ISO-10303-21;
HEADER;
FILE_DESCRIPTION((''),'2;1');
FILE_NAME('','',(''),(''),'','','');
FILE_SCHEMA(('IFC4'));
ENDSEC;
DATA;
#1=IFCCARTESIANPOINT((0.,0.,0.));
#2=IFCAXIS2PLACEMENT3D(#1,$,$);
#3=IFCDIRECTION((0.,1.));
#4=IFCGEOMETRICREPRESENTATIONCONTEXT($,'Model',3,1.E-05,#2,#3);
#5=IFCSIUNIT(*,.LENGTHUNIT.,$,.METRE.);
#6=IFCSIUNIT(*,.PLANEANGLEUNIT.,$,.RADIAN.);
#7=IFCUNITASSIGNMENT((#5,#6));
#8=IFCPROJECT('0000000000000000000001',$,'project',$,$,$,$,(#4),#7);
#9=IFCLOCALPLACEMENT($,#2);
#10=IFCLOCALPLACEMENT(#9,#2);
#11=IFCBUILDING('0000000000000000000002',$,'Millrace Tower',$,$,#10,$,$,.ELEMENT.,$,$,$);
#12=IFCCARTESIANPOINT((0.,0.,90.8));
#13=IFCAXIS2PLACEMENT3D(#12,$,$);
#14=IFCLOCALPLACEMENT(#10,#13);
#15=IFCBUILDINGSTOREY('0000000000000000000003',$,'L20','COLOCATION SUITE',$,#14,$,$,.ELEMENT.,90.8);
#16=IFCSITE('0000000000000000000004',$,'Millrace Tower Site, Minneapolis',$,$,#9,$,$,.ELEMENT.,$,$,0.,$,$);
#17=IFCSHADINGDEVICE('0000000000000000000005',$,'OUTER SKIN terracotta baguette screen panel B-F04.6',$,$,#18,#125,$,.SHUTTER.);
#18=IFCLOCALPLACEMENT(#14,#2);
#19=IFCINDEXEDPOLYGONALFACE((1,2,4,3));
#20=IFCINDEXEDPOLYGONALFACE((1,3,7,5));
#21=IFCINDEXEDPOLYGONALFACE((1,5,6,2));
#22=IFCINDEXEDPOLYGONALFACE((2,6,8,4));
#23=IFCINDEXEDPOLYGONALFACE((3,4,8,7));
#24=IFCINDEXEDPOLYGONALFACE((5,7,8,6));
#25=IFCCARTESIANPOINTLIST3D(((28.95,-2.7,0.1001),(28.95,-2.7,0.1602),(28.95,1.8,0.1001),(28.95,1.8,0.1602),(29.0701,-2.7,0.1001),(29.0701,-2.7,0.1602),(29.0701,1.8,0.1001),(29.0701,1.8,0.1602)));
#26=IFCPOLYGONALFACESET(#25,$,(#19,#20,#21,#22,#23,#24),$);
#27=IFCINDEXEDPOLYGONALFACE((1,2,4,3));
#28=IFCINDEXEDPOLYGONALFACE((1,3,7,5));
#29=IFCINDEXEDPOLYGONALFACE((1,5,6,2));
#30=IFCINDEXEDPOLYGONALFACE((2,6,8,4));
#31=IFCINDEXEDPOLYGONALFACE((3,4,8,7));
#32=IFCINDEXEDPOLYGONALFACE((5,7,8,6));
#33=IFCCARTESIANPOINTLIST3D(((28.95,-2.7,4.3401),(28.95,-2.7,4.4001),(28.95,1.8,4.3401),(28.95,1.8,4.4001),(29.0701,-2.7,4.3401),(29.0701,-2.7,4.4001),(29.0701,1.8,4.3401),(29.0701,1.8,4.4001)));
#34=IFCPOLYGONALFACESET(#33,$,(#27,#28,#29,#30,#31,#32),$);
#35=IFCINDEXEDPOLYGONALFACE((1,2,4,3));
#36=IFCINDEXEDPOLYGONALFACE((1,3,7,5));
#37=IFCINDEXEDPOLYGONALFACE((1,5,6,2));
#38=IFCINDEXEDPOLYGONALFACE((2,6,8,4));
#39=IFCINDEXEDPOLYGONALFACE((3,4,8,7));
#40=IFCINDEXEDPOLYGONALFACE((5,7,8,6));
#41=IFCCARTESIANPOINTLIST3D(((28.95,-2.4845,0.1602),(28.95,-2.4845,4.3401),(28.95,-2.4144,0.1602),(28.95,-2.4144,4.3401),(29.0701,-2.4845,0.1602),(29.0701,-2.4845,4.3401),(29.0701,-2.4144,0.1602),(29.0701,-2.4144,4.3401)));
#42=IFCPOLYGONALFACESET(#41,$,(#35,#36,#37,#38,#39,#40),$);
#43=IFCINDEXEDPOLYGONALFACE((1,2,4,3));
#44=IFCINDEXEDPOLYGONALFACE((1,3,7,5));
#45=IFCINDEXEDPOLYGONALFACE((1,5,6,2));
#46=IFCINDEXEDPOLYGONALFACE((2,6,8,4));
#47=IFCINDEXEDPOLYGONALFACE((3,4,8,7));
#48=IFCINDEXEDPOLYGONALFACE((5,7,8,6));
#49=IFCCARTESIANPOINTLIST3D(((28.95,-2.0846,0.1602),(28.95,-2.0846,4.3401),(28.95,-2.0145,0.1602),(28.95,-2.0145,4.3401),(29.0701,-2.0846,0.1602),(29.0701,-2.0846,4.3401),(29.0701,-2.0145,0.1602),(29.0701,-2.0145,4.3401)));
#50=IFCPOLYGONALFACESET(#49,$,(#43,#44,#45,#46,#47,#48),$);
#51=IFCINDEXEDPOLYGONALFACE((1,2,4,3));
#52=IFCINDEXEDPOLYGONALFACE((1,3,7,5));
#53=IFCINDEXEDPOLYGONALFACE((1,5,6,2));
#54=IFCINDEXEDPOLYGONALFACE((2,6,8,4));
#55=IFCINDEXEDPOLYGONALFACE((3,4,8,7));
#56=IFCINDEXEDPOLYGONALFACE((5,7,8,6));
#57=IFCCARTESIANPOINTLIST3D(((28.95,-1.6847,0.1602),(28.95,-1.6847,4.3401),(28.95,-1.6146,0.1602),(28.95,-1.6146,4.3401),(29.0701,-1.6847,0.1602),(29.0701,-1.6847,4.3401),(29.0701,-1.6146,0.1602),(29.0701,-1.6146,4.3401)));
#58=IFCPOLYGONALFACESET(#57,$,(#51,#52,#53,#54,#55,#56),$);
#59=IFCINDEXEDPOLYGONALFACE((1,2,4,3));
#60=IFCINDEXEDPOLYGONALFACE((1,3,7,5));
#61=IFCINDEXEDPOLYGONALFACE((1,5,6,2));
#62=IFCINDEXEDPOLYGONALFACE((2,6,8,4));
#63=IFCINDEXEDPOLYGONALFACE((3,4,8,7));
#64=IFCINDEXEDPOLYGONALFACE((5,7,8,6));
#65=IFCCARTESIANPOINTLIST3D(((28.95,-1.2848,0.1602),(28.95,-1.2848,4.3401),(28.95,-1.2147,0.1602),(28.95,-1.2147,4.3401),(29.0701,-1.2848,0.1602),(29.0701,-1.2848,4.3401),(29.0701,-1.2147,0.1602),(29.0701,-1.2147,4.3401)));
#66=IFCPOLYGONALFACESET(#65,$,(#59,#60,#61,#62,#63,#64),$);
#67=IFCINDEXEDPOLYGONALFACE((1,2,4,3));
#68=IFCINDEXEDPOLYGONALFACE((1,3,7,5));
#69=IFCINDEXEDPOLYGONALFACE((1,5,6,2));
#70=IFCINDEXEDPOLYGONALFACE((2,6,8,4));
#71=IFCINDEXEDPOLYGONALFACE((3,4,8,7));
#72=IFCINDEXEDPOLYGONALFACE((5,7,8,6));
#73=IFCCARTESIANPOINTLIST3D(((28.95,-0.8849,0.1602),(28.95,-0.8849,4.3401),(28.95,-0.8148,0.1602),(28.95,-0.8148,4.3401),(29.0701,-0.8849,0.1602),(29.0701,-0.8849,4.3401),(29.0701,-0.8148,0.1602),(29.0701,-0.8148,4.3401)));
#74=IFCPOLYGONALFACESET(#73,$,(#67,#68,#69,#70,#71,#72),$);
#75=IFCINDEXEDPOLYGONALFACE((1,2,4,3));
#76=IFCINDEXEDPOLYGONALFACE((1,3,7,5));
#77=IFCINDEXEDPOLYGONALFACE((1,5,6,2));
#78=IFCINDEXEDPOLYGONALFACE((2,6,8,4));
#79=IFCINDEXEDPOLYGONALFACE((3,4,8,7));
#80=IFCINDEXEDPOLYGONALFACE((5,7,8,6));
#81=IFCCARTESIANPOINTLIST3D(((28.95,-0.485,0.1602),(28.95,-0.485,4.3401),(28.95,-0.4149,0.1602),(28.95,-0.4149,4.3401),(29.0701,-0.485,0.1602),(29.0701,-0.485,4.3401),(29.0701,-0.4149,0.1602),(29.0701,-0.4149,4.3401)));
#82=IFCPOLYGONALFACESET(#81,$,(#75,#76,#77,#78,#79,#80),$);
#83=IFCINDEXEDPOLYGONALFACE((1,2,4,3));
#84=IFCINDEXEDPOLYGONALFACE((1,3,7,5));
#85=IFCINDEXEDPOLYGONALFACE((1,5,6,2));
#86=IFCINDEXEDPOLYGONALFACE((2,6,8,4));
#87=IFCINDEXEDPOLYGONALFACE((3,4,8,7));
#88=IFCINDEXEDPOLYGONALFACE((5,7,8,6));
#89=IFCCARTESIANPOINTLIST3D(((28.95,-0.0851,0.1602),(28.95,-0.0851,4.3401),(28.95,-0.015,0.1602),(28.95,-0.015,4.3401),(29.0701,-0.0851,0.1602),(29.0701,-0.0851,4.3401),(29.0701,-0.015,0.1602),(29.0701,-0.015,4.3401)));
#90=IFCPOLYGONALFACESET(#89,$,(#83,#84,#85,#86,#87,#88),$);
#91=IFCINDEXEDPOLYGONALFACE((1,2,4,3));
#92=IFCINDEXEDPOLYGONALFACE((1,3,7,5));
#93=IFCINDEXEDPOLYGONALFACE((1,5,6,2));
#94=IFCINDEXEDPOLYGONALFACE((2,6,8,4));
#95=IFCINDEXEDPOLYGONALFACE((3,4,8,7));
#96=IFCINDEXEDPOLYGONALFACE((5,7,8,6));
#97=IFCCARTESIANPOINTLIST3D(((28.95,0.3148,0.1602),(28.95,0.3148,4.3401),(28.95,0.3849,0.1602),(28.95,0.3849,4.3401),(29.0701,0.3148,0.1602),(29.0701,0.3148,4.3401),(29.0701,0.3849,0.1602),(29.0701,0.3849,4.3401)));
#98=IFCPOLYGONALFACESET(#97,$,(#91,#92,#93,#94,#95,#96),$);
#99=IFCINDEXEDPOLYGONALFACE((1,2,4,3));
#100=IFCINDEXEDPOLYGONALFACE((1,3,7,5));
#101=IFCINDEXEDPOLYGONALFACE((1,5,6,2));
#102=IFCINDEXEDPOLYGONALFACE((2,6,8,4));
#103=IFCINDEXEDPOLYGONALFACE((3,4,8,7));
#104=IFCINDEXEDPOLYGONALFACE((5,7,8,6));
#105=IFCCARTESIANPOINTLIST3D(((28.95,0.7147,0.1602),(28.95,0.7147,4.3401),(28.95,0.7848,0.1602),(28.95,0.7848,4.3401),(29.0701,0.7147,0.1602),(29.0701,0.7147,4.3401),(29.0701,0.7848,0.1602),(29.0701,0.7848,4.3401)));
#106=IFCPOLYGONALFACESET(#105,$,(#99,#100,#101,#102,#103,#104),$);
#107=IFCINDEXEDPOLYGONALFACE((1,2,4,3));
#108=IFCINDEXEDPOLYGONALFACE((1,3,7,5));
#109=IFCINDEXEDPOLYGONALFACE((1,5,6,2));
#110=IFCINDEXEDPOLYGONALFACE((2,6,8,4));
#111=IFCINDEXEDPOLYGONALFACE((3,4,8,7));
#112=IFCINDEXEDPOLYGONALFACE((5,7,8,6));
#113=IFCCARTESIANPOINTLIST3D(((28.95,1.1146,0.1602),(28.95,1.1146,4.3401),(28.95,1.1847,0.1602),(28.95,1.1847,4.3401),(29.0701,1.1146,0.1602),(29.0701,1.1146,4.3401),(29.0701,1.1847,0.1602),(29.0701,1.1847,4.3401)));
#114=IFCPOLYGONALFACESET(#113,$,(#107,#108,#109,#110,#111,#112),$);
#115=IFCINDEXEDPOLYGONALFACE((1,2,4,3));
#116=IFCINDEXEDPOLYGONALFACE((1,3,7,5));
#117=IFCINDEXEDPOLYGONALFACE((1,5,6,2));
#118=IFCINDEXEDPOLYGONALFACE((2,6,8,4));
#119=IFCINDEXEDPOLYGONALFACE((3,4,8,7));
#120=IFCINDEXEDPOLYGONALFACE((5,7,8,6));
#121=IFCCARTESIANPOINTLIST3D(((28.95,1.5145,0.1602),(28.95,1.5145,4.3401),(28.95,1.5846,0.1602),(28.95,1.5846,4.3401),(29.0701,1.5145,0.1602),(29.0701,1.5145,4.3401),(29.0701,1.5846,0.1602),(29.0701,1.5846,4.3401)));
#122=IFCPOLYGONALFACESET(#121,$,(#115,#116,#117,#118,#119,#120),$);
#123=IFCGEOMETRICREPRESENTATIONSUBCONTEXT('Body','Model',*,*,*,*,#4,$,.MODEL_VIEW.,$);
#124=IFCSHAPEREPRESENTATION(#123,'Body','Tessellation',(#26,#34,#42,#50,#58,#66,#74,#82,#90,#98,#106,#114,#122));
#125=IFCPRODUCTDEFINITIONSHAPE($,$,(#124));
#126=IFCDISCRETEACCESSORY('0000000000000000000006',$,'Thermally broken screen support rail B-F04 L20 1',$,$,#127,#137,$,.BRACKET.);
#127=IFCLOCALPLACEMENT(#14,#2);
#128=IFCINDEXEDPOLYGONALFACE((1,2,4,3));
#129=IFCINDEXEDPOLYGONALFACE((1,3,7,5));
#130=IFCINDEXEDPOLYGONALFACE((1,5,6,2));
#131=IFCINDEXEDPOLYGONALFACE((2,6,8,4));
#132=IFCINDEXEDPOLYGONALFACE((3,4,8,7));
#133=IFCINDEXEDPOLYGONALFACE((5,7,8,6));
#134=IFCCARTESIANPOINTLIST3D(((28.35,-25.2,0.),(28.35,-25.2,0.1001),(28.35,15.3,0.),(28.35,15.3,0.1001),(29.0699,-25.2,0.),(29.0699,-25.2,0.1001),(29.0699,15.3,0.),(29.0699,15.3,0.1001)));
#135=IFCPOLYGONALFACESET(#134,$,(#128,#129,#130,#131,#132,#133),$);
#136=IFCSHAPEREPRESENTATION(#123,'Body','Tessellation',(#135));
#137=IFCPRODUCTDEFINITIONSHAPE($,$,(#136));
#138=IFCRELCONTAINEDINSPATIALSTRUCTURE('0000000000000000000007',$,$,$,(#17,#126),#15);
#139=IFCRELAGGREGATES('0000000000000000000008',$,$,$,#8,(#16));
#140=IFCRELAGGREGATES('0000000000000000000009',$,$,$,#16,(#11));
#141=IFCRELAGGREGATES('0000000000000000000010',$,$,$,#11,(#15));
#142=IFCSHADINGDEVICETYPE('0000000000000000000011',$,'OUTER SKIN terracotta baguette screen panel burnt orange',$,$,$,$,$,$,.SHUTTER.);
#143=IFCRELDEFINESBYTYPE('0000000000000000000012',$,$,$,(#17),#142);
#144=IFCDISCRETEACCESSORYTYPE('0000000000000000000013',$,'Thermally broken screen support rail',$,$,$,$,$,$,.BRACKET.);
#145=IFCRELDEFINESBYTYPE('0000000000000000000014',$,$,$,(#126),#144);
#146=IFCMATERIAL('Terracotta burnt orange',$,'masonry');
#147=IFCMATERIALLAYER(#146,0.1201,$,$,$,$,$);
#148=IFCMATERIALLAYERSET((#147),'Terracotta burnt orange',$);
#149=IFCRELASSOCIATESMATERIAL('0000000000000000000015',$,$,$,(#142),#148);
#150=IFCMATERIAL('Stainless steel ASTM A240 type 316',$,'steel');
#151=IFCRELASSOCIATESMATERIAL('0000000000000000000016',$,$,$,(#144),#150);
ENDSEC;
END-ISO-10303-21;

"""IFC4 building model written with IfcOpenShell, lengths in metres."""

from ifc_helpers import new_model, entity, si_unit, direction, frame, frame_2d, origin, origin_2d, place, context, subcontext, project, spatial, rectangle, extrude, source, transform, mapped, material, layer, layer_set, type_object, element, save


model = new_model("IFC4")

# Units and contexts
model_context = context("Model", 3, precision=1e-05, world=origin(), true_north=direction((0.0, 1.0)))
body_context = subcontext(model_context, "Body", "Model", "MODEL_VIEW")
ifc_project = project(units=[si_unit("LENGTHUNIT", "METRE"), si_unit("PLANEANGLEUNIT", "RADIAN")], contexts=[model_context])

# Site, building, storey
site_placement = place(None, origin())
site = spatial("IfcSite", under=ifc_project, at=site_placement, Name="Millrace Tower Site, Minneapolis", CompositionType="ELEMENT", RefElevation=0.0)
building_placement = place(site_placement, origin())
building = spatial("IfcBuilding", under=site, at=building_placement, Name="Millrace Tower", CompositionType="ELEMENT")
storey_placement = place(building_placement, frame((0.0, 0.0, 90.8)))
storey = spatial("IfcBuildingStorey", under=building, at=storey_placement, Name="L20", Description="COLOCATION SUITE", CompositionType="ELEMENT", Elevation=90.8)

# Shading device
ifc_material_1 = material(Name="Terracotta burnt orange", Category="masonry")
ifc_layer_1 = layer(ifc_material_1, 0.1201)
ifc_layer_set_1 = layer_set([ifc_layer_1], Name="Terracotta burnt orange")
shading_device_type = type_object("IfcShadingDeviceType", Name="OUTER SKIN terracotta baguette screen panel burnt orange", PredefinedType="SHUTTER", material=ifc_layer_set_1)
cartesian_point = entity("IfcCartesianPoint", [-2.25, 0.0601])
shared_polyline = entity("IfcPolyline", [cartesian_point, entity("IfcCartesianPoint", [2.25, 0.0601]), entity("IfcCartesianPoint", [2.25, -0.0601]), entity("IfcCartesianPoint", [-2.25, -0.0601]), cartesian_point])
shared_shape = source(origin(), body_context, "Body", "SweptSolid", [
    entity("IfcExtrudedAreaSolid", entity("IfcArbitraryClosedProfileDef", "AREA", None, shared_polyline), entity("IfcAxis2Placement3D", entity("IfcCartesianPoint", [0.0, 0.0, 0.0])), entity("IfcDirection", [0.0, 0.0, 1.0]), 0.0601),
    entity("IfcExtrudedAreaSolid", entity("IfcArbitraryClosedProfileDef", "AREA", None, shared_polyline), entity("IfcAxis2Placement3D", entity("IfcCartesianPoint", [0.0, 0.0, 4.24])), entity("IfcDirection", [0.0, 0.0, 1.0]), 0.0601),
    extrude(rectangle(XDim=0.0701, YDim=0.1201, at=frame_2d((-1.9995, 0.0))), frame((0.0, 0.0, 0.0601)), (0.0, 0.0, 1.0), 4.1799),
    extrude(rectangle(XDim=0.0701, YDim=0.1201, at=frame_2d((-1.5996, 0.0))), frame((0.0, 0.0, 0.0601)), (0.0, 0.0, 1.0), 4.1799),
    extrude(rectangle(XDim=0.0701, YDim=0.1201, at=frame_2d((-1.1997, 0.0))), frame((0.0, 0.0, 0.0601)), (0.0, 0.0, 1.0), 4.1799),
    extrude(rectangle(XDim=0.0701, YDim=0.1201, at=frame_2d((-0.7998, 0.0))), frame((0.0, 0.0, 0.0601)), (0.0, 0.0, 1.0), 4.1799),
    extrude(rectangle(XDim=0.0701, YDim=0.1201, at=frame_2d((-0.3999, 0.0))), frame((0.0, 0.0, 0.0601)), (0.0, 0.0, 1.0), 4.1799),
    extrude(rectangle(XDim=0.0701, YDim=0.1201, at=origin_2d()), frame((0.0, 0.0, 0.0601)), (0.0, 0.0, 1.0), 4.1799),
    extrude(rectangle(XDim=0.0701, YDim=0.1201, at=frame_2d((0.3999, 0.0))), frame((0.0, 0.0, 0.0601)), (0.0, 0.0, 1.0), 4.1799),
    extrude(rectangle(XDim=0.0701, YDim=0.1201, at=frame_2d((0.7998, 0.0))), frame((0.0, 0.0, 0.0601)), (0.0, 0.0, 1.0), 4.1799),
    extrude(rectangle(XDim=0.0701, YDim=0.1201, at=frame_2d((1.1997, 0.0))), frame((0.0, 0.0, 0.0601)), (0.0, 0.0, 1.0), 4.1799),
    extrude(rectangle(XDim=0.0701, YDim=0.1201, at=frame_2d((1.5996, 0.0))), frame((0.0, 0.0, 0.0601)), (0.0, 0.0, 1.0), 4.1799),
    extrude(rectangle(XDim=0.0701, YDim=0.1201, at=frame_2d((1.9995, 0.0))), frame((0.0, 0.0, 0.0601)), (0.0, 0.0, 1.0), 4.1799),
])
for number, where, z_axis, x_axis, name in (
    (1, (29.01, -0.45, 0.1001), (0.0, 0.0, 1.0), (0.0, 1.0, 0.0), "OUTER SKIN terracotta baguette screen panel B-F04.6"),
):
    element("IfcShadingDevice", number, at=place(storey_placement, frame(where, z_axis=z_axis, x_axis=x_axis)), inside=storey, type_object=shading_device_type, Name=name, PredefinedType="SHUTTER", context=body_context, shape_type="MappedRepresentation", body=[
        mapped(shared_shape, transform((0.0, 0.0, 0.0), scale=1.0)),
    ])

# Discrete accessory
ifc_material_2 = material(Name="Stainless steel ASTM A240 type 316", Category="steel")
discrete_accessory_type = type_object("IfcDiscreteAccessoryType", Name="Thermally broken screen support rail", PredefinedType="BRACKET", material=ifc_material_2)
discrete_accessory_placement = place(storey_placement, frame((28.71, -4.95, 0.0), z_axis=(0.0, 0.0, 1.0), x_axis=(0.0, 1.0, 0.0)))
element("IfcDiscreteAccessory", 2, at=discrete_accessory_placement, inside=storey, type_object=discrete_accessory_type, Name="Thermally broken screen support rail B-F04 L20 1", PredefinedType="BRACKET", context=body_context, shape_type="SweptSolid", body=[
    extrude(rectangle(XDim=40.5, YDim=0.72, at=origin_2d()), origin(), (0.0, 0.0, 1.0), 0.1001),
])

save(model, "model.ifc")
